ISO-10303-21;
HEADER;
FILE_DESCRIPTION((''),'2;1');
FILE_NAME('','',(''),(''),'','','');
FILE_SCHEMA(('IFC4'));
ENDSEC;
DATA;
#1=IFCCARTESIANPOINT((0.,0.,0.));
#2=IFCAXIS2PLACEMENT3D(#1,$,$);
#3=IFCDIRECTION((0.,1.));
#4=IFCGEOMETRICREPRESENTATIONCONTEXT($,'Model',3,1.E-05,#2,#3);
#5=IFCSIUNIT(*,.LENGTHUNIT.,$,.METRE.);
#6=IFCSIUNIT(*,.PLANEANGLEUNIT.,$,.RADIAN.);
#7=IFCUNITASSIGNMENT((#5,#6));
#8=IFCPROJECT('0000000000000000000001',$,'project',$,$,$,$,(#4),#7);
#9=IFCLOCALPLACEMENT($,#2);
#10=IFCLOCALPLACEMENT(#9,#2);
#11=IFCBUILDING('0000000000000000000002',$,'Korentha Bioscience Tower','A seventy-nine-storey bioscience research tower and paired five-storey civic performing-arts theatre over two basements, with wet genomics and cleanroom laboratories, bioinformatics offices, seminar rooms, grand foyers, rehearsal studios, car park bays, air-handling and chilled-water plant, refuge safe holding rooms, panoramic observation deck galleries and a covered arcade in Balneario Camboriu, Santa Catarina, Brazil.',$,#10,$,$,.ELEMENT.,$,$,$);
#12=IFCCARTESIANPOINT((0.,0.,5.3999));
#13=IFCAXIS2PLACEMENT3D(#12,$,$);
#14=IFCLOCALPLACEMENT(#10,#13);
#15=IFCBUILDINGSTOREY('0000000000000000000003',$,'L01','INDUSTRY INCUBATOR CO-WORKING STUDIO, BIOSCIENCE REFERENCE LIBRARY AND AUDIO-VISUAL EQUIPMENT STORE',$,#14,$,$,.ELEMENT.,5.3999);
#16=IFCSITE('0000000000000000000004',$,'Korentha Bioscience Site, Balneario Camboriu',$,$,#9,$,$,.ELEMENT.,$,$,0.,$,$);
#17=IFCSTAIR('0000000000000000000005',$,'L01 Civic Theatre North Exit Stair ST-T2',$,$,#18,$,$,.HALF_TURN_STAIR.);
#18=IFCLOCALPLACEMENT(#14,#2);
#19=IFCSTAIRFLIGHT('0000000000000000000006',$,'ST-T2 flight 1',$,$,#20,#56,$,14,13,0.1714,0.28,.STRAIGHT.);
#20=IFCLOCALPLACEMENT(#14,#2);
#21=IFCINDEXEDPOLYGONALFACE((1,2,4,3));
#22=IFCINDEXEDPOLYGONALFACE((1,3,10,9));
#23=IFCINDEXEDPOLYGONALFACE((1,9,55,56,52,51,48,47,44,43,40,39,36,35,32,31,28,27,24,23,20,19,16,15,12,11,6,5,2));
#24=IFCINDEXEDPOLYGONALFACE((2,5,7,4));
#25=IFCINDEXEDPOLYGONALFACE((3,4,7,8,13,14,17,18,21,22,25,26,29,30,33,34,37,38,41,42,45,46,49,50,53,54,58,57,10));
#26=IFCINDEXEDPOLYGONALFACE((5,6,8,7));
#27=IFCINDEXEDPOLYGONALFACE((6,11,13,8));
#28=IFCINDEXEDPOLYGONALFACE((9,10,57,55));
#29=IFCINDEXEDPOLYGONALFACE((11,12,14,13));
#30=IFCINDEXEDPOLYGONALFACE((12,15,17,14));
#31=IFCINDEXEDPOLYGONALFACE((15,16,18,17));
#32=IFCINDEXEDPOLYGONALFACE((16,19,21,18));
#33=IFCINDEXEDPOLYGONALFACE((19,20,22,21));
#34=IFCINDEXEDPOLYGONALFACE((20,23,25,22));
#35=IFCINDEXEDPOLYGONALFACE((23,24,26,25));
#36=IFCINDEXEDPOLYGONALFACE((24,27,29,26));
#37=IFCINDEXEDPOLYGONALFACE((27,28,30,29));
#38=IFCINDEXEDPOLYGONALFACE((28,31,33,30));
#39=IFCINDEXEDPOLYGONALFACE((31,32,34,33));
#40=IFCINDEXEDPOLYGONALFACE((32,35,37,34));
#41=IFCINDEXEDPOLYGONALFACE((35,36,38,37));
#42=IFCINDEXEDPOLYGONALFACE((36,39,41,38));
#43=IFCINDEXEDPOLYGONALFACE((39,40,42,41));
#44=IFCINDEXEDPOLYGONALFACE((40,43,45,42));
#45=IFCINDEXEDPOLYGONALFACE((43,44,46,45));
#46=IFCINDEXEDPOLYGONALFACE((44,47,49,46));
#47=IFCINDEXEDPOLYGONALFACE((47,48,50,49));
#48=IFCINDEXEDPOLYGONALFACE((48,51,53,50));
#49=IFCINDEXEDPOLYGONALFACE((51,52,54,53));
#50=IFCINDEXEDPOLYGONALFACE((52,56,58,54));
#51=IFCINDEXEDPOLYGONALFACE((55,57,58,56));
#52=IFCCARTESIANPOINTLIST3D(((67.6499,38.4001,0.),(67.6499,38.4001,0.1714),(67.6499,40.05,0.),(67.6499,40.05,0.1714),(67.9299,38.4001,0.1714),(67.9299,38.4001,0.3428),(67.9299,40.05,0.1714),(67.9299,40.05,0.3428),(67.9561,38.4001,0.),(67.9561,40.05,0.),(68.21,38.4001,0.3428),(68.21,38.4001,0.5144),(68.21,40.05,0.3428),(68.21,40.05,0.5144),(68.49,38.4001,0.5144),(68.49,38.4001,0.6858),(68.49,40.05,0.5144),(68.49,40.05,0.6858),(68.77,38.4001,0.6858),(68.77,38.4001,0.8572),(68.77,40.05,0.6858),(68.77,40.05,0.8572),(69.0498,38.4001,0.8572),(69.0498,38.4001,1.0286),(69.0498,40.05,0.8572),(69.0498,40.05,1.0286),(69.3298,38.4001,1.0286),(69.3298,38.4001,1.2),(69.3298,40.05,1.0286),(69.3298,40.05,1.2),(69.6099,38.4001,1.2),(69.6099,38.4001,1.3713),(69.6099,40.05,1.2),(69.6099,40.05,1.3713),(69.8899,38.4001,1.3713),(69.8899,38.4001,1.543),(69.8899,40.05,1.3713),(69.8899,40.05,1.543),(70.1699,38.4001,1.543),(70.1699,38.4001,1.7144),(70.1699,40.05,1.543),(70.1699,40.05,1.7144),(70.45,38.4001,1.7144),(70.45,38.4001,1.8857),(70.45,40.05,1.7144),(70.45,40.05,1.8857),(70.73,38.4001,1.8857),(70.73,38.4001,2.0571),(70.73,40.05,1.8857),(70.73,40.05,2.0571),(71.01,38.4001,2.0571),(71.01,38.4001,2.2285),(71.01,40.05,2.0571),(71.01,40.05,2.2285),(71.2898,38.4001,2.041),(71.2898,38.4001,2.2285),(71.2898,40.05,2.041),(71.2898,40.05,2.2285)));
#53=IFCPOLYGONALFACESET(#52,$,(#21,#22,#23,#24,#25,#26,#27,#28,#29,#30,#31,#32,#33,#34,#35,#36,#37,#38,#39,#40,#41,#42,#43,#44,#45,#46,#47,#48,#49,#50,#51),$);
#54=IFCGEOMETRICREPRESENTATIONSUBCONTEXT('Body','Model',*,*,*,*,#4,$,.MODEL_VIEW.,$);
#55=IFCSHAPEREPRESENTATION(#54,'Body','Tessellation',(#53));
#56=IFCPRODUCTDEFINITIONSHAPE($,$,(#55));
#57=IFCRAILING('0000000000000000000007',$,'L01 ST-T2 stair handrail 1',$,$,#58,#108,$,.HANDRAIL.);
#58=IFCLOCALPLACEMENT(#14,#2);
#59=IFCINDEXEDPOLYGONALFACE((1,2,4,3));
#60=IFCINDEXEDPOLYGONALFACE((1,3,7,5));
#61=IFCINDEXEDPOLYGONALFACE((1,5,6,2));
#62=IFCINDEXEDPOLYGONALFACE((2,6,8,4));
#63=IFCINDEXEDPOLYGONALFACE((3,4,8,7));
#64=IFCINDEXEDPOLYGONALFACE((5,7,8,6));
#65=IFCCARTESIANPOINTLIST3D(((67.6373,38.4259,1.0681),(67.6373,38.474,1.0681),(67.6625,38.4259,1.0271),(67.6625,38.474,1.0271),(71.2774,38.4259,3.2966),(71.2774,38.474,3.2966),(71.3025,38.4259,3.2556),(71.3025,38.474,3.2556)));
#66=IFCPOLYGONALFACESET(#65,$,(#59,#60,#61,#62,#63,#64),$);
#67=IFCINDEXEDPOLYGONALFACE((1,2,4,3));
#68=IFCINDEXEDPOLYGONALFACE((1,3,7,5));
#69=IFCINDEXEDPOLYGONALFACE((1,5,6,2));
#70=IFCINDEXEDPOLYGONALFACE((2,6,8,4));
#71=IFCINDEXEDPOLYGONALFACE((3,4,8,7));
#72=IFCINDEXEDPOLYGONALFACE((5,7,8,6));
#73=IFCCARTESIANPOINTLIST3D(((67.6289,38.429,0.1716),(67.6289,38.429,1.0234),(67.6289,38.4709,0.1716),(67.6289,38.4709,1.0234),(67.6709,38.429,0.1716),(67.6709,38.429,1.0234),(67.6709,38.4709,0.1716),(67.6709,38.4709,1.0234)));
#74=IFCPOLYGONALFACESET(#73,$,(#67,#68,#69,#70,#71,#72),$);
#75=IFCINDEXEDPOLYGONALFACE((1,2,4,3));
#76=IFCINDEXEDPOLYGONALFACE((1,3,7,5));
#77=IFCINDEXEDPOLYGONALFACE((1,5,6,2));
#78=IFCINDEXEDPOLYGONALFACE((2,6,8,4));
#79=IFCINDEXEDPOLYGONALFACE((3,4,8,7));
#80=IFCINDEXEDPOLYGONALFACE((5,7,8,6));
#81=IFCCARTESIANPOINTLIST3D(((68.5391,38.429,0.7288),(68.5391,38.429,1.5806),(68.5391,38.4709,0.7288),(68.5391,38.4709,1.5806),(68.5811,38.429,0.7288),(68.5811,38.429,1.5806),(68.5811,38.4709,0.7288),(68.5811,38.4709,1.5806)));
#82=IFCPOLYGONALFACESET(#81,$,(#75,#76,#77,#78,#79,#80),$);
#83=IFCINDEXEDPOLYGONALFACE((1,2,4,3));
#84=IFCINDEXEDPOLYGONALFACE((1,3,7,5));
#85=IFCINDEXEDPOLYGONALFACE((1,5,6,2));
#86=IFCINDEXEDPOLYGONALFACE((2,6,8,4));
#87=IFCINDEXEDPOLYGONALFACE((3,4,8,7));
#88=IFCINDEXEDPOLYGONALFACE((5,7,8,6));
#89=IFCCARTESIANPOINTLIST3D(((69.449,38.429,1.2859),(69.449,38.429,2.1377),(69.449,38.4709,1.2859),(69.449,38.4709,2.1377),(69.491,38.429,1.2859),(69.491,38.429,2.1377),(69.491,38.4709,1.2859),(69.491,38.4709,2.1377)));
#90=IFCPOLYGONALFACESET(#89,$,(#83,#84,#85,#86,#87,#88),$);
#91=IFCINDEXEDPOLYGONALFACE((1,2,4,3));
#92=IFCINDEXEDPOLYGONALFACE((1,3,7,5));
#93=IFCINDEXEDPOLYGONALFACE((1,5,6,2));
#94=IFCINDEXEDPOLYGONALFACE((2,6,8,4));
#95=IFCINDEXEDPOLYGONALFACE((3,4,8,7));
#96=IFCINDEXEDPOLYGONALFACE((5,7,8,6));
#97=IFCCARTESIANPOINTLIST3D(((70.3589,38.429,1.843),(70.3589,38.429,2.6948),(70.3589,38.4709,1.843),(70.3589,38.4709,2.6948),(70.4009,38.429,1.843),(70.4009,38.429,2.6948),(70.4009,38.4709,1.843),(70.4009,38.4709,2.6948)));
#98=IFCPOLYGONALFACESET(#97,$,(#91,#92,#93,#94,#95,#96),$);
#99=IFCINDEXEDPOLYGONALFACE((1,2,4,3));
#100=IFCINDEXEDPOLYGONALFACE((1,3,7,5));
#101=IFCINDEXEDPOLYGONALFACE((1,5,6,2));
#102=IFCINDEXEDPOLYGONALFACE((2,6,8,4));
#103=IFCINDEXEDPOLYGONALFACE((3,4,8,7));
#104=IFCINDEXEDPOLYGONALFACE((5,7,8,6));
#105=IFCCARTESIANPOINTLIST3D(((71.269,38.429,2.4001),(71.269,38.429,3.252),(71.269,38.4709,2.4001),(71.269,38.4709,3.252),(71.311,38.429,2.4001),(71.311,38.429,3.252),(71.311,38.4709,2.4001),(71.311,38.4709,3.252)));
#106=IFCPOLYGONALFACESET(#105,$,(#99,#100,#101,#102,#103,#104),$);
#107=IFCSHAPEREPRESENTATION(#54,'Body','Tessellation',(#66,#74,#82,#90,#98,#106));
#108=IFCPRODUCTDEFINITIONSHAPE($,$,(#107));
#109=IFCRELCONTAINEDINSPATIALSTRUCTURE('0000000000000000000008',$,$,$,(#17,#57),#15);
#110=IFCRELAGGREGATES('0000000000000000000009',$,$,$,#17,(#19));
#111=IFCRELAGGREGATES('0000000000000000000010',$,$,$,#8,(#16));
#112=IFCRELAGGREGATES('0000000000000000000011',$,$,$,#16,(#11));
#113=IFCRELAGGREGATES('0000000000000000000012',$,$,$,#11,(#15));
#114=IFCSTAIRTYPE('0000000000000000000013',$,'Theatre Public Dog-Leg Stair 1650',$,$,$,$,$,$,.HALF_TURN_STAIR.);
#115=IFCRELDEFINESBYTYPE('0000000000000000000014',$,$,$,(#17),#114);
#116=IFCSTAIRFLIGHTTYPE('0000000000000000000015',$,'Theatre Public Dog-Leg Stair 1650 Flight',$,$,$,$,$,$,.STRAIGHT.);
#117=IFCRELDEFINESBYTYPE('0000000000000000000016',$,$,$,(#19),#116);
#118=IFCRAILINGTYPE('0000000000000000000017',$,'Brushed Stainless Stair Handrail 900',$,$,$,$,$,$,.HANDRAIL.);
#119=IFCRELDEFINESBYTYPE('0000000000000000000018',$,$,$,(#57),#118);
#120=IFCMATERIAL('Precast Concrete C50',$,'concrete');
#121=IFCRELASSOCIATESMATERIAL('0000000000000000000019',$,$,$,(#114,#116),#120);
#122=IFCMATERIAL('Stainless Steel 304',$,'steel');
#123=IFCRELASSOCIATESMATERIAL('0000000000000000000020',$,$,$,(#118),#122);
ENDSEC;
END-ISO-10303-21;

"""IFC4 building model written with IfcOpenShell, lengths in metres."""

from ifc_helpers import new_model, si_unit, direction, frame, origin, origin_2d, place, context, subcontext, project, spatial, polyline, rectangle, outline, extrude, material, type_object, element, aggregate, save


model = new_model("IFC4")

# Units and contexts
model_context = context("Model", 3, precision=1e-05, world=origin(), true_north=direction((0.0, 1.0)))
body_context = subcontext(model_context, "Body", "Model", "MODEL_VIEW")
ifc_project = project(units=[si_unit("LENGTHUNIT", "METRE"), si_unit("PLANEANGLEUNIT", "RADIAN")], contexts=[model_context])

# Site, building, storey
site_placement = place(None, origin())
site = spatial("IfcSite", under=ifc_project, at=site_placement, Name="Korentha Bioscience Site, Balneario Camboriu", CompositionType="ELEMENT", RefElevation=0.0)
building_placement = place(site_placement, origin())
building = spatial("IfcBuilding", under=site, at=building_placement, Name="Korentha Bioscience Tower", Description="A seventy-nine-storey bioscience research tower and paired five-storey civic performing-arts theatre over two basements, with wet genomics and cleanroom laboratories, bioinformatics offices, seminar rooms, grand foyers, rehearsal studios, car park bays, air-handling and chilled-water plant, refuge safe holding rooms, panoramic observation deck galleries and a covered arcade in Balneario Camboriu, Santa Catarina, Brazil.", CompositionType="ELEMENT")
storey_placement = place(building_placement, frame((0.0, 0.0, 5.3999)))
storey = spatial("IfcBuildingStorey", under=building, at=storey_placement, Name="L01", Description="INDUSTRY INCUBATOR CO-WORKING STUDIO, BIOSCIENCE REFERENCE LIBRARY AND AUDIO-VISUAL EQUIPMENT STORE", CompositionType="ELEMENT", Elevation=5.3999)

# Stair, stair flight
ifc_material_1 = material(Name="Precast Concrete C50", Category="concrete")
stair_type = type_object("IfcStairType", Name="Theatre Public Dog-Leg Stair 1650", PredefinedType="HALF_TURN_STAIR", material=ifc_material_1)
stair_placement = place(storey_placement, origin())
stair = element("IfcStair", 1, at=stair_placement, inside=storey, type_object=stair_type, Name="L01 Civic Theatre North Exit Stair ST-T2", PredefinedType="HALF_TURN_STAIR")
stair_flight_type = type_object("IfcStairFlightType", Name="Theatre Public Dog-Leg Stair 1650 Flight", PredefinedType="STRAIGHT", material=ifc_material_1)
stair_flight_placement = place(storey_placement, frame((67.6499, 39.2251, 0.0), z_axis=(0.0, 0.0, 1.0), x_axis=(1.0, 0.0, 0.0)))
stair_flight = element("IfcStairFlight", 2, at=stair_flight_placement, type_object=stair_flight_type, Name="ST-T2 flight 1", NumberOfRisers=14, NumberOfTreads=13, PredefinedType="STRAIGHT", RiserHeight=0.1714, TreadLength=0.28, context=body_context, shape_type="SweptSolid", body=[
    extrude(outline(polyline([(0.0, 0.0), (0.0, 0.1714), (0.28, 0.1714), (0.28, 0.3428), (0.5601, 0.3428), (0.5601, 0.5144), (0.8401, 0.5144), (0.8401, 0.6858), (1.1201, 0.6858), (1.1201, 0.8572), (1.3999, 0.8572), (1.3999, 1.0286), (1.6799, 1.0286), (1.6799, 1.2), (1.96, 1.2), (1.96, 1.3713), (2.24, 1.3713), (2.24, 1.543), (2.52, 1.543), (2.52, 1.7144), (2.8, 1.7144), (2.8, 1.8857), (3.0801, 1.8857), (3.0801, 2.0571), (3.3601, 2.0571), (3.3601, 2.2285), (3.6399, 2.2285), (3.6399, 2.3999), (3.6399, 2.041), (0.3062, 0.0), (0.0, 0.0)])), frame((0.0, 0.825, 0.0), z_axis=(0.0, -1.0, 0.0), x_axis=(1.0, 0.0, 0.0)), (0.0, 0.0, 1.0), 1.6499),
])
aggregate(stair, [stair_flight])

# Railing
ifc_material_2 = material(Name="Stainless Steel 304", Category="steel")
railing_type = type_object("IfcRailingType", Name="Brushed Stainless Stair Handrail 900", PredefinedType="HANDRAIL", material=ifc_material_2)
railing_placement = place(storey_placement, frame((67.6499, 38.45, 0.1716)))
element("IfcRailing", 3, at=railing_placement, inside=storey, type_object=railing_type, Name="L01 ST-T2 stair handrail 1", PredefinedType="HANDRAIL", context=body_context, shape_type="SweptSolid", body=[
    extrude(rectangle(XDim=0.0481, YDim=0.0481, at=origin_2d()), frame((0.0, 0.0, 0.876), z_axis=(0.852866, 0.0, 0.52213), x_axis=(0.0, 1.0, 0.0)), (0.0, 0.0, 1.0), 4.2681),
    extrude(rectangle(XDim=0.042, YDim=0.042, at=origin_2d()), origin(), (0.0, 0.0, 1.0), 0.8518),
    extrude(rectangle(XDim=0.042, YDim=0.042, at=origin_2d()), frame((0.9102, 0.0, 0.5571)), (0.0, 0.0, 1.0), 0.8518),
    extrude(rectangle(XDim=0.042, YDim=0.042, at=origin_2d()), frame((1.8201, 0.0, 1.1143)), (0.0, 0.0, 1.0), 0.8518),
    extrude(rectangle(XDim=0.042, YDim=0.042, at=origin_2d()), frame((2.73, 0.0, 1.6714)), (0.0, 0.0, 1.0), 0.8518),
    extrude(rectangle(XDim=0.042, YDim=0.042, at=origin_2d()), frame((3.6401, 0.0, 2.2285)), (0.0, 0.0, 1.0), 0.8518),
])

save(model, "model.ifc")
